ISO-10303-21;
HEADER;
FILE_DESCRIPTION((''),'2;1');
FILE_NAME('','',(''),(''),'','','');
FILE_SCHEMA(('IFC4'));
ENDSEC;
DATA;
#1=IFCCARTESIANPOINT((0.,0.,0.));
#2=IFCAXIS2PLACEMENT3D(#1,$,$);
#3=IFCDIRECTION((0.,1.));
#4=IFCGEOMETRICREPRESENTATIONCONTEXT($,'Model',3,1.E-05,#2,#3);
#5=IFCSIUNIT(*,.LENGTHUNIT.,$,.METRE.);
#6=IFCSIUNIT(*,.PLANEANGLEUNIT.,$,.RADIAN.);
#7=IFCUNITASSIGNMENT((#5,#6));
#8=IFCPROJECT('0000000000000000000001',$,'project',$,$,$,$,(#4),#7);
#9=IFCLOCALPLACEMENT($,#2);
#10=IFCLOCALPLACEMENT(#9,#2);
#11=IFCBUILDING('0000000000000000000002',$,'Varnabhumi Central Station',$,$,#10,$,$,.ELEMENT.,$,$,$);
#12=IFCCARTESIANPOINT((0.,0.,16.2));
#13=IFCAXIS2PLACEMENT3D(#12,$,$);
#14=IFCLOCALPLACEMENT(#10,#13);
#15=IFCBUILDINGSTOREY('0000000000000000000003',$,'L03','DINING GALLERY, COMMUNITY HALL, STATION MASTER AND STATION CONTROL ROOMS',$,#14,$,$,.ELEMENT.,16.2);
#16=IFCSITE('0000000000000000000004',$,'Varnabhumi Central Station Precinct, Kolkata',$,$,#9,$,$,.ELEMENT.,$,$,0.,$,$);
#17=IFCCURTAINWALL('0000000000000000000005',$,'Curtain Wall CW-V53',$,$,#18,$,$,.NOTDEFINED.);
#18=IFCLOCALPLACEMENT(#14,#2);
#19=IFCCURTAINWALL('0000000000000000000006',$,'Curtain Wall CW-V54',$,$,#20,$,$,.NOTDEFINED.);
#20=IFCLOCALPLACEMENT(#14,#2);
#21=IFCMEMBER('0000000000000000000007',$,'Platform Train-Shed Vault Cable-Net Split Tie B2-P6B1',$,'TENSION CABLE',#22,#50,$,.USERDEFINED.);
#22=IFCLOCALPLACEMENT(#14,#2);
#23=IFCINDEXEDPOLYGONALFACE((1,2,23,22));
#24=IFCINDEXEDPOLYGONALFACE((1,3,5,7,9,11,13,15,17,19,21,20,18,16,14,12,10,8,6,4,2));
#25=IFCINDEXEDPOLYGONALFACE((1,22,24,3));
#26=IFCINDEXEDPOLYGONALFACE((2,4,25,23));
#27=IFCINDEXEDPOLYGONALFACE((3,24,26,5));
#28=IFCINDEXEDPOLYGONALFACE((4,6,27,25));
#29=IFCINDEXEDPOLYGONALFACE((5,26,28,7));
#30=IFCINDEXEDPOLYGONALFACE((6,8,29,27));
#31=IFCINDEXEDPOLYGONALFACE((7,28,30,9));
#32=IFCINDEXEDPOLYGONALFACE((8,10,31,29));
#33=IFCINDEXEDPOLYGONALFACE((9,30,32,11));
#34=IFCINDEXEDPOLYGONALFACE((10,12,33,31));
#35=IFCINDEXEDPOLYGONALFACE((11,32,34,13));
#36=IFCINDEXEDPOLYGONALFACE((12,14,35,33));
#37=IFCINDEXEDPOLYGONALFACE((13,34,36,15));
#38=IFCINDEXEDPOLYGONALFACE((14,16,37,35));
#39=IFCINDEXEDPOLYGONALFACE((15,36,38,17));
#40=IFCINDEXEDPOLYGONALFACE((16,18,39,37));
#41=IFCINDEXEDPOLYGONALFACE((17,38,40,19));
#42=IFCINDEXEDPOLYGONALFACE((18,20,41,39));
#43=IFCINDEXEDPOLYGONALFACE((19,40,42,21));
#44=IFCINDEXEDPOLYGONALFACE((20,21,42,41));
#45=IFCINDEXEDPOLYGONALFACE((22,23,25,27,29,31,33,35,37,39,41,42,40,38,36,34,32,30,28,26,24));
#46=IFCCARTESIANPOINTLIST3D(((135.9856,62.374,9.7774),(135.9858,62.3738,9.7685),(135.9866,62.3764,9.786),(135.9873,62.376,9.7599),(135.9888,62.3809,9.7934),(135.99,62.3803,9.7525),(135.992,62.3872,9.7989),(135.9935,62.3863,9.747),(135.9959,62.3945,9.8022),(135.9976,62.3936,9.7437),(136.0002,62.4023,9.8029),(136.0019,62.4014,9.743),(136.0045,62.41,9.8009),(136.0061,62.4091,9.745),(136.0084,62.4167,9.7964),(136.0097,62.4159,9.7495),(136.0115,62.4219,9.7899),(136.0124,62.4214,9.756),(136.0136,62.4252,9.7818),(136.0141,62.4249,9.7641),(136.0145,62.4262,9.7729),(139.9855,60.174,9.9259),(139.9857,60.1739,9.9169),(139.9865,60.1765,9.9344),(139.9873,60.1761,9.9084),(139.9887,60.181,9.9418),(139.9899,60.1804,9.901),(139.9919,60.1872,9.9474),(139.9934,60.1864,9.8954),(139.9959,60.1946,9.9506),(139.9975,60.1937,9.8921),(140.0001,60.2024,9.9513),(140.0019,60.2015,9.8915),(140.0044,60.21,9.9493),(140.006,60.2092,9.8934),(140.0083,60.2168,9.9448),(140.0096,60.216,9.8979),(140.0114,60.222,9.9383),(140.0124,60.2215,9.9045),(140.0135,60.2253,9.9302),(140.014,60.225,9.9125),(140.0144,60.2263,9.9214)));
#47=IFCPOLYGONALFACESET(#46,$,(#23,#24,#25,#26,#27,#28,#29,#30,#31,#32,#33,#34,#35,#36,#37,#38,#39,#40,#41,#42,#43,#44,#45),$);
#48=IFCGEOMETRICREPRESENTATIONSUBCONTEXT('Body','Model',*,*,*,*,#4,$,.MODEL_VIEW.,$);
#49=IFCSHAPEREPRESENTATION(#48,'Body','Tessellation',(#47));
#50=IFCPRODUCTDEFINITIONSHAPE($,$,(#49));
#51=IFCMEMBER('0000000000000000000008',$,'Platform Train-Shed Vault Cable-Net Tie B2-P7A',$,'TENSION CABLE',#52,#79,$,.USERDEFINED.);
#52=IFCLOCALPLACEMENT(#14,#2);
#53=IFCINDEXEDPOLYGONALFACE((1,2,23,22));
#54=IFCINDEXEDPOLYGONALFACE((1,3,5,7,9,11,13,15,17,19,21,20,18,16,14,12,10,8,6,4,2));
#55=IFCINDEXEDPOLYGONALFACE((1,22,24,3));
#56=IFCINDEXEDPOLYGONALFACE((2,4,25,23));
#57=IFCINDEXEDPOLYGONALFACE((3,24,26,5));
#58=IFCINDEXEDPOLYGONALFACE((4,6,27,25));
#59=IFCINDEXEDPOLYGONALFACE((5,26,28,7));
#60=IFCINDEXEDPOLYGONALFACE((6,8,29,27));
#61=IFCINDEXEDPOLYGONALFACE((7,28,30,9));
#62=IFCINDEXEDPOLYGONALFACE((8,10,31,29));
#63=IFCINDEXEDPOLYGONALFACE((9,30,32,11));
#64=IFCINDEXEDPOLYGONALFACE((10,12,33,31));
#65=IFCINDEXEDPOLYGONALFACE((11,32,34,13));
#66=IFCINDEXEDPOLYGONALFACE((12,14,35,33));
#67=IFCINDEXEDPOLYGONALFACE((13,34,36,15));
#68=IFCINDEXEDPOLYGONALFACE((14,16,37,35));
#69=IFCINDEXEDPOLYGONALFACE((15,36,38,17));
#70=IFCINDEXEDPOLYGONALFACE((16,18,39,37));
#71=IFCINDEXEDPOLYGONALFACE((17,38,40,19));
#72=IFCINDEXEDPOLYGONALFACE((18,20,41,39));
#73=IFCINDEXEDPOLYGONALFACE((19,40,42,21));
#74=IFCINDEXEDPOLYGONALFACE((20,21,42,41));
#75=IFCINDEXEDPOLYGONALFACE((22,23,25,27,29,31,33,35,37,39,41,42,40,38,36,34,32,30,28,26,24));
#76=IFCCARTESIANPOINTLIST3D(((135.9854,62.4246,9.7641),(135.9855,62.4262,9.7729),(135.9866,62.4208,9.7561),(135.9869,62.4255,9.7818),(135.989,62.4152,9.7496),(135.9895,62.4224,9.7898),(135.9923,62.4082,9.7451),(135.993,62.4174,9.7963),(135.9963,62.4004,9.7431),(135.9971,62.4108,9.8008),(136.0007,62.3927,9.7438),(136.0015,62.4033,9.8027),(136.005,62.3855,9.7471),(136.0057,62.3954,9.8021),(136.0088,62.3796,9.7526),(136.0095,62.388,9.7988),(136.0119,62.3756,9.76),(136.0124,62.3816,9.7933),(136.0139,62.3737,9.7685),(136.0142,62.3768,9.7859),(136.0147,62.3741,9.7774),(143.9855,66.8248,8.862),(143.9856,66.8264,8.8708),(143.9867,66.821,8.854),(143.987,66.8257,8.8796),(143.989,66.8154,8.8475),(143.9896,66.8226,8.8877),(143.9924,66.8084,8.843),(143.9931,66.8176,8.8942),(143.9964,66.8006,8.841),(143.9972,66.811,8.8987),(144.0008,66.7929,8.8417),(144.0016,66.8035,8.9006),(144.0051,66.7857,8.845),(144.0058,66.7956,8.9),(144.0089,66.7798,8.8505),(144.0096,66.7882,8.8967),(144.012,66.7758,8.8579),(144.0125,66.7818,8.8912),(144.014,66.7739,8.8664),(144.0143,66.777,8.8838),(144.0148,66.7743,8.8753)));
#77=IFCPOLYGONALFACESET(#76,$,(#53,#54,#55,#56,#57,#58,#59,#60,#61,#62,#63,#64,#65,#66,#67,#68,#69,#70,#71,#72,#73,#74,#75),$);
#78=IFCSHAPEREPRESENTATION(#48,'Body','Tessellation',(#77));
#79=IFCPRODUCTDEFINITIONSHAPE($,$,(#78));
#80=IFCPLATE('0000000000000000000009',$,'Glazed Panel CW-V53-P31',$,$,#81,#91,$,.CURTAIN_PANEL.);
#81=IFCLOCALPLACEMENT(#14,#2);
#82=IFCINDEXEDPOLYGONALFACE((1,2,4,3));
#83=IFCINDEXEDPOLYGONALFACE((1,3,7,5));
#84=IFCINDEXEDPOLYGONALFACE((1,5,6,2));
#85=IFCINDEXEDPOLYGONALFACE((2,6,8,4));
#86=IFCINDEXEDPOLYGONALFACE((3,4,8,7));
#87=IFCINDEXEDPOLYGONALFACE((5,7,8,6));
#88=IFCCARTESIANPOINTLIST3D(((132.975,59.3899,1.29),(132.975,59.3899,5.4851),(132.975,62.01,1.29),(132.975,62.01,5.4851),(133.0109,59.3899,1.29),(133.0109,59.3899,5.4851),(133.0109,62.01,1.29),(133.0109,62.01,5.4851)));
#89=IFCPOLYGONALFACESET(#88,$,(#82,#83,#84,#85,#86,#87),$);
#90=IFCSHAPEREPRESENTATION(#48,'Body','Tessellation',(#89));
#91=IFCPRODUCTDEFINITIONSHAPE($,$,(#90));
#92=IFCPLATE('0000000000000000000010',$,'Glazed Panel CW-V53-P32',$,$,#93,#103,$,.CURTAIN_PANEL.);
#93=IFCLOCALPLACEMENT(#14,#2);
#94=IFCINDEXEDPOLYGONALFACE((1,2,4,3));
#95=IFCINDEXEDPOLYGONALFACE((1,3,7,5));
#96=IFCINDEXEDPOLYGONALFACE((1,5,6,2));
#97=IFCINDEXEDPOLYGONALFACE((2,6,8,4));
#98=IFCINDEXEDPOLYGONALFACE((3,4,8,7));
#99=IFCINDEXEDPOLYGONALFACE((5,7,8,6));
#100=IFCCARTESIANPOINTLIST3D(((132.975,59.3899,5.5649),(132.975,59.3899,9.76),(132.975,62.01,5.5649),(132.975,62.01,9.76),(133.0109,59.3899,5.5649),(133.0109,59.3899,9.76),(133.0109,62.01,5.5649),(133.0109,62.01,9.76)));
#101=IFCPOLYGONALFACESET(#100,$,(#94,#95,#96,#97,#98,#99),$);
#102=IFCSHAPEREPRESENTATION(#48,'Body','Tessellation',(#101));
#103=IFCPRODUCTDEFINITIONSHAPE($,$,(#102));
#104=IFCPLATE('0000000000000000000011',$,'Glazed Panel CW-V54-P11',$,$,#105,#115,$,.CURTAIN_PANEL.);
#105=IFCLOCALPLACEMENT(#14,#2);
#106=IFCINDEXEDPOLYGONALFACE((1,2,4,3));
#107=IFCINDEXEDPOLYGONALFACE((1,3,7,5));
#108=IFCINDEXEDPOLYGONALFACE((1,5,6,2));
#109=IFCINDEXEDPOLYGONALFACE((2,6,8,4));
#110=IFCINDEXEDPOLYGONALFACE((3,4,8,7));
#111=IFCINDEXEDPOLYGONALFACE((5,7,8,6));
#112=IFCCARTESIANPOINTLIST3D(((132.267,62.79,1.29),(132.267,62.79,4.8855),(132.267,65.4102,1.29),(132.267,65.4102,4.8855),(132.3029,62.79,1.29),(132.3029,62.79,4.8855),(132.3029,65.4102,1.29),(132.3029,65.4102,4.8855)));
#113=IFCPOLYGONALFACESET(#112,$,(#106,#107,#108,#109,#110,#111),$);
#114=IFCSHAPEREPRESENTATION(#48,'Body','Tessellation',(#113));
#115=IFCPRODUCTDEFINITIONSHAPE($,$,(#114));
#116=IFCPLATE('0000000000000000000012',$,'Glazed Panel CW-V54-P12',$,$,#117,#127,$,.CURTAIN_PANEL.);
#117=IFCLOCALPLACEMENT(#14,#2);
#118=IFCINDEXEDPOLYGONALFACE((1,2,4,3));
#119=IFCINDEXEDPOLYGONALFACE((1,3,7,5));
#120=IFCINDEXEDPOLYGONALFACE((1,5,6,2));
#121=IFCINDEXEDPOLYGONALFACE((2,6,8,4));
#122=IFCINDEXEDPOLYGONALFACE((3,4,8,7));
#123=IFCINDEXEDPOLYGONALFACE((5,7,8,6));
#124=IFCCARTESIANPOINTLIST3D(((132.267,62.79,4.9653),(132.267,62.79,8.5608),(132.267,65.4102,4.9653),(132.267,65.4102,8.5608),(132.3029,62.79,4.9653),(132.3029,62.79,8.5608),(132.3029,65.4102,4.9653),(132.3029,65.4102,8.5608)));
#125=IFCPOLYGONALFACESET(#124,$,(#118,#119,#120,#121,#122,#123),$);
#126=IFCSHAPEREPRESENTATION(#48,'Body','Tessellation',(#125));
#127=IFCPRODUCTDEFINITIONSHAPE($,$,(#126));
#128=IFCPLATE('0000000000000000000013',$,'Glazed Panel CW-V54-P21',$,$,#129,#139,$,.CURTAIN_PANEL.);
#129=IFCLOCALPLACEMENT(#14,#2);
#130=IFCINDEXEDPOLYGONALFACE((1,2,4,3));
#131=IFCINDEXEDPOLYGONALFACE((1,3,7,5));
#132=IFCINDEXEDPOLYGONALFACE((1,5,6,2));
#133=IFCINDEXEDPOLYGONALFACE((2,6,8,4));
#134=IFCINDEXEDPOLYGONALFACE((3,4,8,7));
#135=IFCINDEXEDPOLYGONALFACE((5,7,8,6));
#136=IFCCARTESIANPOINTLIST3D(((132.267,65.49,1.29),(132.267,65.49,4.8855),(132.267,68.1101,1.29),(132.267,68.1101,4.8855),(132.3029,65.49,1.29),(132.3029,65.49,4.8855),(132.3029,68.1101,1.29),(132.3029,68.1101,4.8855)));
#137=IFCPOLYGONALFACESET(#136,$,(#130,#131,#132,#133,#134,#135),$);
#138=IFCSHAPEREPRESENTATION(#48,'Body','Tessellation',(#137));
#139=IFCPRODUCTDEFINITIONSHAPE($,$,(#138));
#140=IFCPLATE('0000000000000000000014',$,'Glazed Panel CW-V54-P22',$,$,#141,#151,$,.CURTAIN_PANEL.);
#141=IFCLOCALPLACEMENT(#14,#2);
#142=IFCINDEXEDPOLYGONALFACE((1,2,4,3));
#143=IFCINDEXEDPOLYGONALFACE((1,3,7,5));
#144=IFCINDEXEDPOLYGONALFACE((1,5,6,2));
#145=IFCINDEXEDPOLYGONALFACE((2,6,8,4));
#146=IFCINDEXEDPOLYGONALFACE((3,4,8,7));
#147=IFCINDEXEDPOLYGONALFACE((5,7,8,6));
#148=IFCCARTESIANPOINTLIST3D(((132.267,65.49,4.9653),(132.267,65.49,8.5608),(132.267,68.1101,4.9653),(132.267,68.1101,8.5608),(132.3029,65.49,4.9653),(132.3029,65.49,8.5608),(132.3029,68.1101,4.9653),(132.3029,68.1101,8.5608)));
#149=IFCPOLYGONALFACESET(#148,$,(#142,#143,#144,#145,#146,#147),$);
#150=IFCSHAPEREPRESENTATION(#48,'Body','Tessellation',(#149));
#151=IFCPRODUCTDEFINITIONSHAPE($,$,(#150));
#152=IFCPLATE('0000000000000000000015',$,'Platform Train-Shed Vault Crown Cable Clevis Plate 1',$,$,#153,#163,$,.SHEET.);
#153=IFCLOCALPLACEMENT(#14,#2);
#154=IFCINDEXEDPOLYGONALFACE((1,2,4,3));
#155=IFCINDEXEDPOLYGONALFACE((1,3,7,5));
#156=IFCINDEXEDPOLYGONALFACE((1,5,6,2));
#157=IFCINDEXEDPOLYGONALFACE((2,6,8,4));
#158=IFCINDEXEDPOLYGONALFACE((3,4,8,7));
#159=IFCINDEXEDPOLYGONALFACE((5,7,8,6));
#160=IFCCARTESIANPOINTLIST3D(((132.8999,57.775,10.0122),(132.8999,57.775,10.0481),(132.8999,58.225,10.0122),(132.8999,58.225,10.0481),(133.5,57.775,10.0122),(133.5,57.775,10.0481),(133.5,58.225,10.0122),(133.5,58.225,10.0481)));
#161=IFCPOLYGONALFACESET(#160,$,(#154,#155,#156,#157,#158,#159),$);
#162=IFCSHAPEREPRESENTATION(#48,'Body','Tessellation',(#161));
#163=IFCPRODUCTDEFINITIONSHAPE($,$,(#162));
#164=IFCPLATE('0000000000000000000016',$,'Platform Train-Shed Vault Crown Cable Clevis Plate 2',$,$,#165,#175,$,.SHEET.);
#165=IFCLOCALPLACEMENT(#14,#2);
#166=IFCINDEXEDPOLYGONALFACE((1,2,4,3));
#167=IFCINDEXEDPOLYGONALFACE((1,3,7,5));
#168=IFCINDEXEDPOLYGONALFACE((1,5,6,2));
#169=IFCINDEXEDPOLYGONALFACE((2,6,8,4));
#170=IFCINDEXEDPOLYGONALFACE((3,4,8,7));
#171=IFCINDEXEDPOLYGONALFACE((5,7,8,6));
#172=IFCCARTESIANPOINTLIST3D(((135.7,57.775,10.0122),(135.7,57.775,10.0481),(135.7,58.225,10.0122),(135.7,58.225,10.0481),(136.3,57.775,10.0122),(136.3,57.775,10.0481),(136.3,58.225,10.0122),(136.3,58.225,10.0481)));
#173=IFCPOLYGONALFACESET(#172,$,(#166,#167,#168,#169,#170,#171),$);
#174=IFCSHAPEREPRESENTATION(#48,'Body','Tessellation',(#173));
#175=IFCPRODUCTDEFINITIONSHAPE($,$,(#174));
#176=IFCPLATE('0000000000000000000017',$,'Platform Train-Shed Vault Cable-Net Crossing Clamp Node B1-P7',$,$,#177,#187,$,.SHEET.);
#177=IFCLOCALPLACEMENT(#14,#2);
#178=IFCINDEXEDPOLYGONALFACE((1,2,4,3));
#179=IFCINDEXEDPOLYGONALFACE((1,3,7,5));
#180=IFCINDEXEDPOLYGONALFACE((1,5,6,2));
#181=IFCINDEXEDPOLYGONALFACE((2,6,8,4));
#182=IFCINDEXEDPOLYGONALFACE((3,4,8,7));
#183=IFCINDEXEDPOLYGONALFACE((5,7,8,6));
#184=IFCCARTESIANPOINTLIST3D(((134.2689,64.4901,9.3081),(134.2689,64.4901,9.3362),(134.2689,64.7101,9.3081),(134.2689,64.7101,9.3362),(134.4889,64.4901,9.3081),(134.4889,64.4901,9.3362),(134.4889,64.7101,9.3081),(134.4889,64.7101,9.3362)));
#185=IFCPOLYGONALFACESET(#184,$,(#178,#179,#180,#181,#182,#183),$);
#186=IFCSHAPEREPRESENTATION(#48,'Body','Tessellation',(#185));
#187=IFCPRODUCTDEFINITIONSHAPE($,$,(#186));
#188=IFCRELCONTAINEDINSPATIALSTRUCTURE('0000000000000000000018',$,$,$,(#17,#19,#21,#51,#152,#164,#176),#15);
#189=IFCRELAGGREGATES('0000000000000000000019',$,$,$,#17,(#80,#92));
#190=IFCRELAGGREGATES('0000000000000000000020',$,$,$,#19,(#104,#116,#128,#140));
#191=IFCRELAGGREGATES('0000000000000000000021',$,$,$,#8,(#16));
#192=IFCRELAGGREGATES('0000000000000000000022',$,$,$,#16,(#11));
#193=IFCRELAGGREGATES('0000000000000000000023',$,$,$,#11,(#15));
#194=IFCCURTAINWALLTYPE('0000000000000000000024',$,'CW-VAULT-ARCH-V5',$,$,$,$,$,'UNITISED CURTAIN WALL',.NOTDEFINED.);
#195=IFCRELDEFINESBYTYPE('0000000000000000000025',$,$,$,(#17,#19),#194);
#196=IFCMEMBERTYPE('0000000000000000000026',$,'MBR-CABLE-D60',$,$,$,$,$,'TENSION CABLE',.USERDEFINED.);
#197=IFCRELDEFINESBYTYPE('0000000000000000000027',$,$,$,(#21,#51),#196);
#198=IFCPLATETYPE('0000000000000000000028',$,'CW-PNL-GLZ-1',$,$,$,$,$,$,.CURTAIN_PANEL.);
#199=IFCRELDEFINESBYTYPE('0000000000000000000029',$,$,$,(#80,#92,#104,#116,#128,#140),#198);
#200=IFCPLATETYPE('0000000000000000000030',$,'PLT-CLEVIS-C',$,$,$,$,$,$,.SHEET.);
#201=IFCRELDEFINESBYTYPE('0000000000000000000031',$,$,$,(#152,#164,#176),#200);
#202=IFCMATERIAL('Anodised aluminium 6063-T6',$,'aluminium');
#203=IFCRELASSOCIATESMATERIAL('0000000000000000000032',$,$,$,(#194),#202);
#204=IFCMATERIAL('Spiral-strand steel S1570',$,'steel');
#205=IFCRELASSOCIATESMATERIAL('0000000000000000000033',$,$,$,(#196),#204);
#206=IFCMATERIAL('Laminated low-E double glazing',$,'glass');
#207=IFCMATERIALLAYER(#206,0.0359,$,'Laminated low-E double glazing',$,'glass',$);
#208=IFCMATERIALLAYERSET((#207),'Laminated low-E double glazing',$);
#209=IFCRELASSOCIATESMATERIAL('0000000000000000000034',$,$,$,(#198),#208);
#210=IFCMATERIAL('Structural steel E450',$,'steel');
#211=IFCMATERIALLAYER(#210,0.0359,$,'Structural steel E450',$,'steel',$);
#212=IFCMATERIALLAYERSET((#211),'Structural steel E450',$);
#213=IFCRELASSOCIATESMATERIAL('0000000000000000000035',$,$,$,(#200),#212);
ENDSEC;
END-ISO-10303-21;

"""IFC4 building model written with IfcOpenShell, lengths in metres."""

from ifc_helpers import new_model, si_unit, direction, frame, origin, origin_2d, place, context, subcontext, project, spatial, rectangle, circle, extrude, material, layer, layer_set, material_profile, profile_set, type_object, element, aggregate, save


model = new_model("IFC4")

# Units and contexts
model_context = context("Model", 3, precision=1e-05, world=origin(), true_north=direction((0.0, 1.0)))
body_context = subcontext(model_context, "Body", "Model", "MODEL_VIEW")
ifc_project = project(units=[si_unit("LENGTHUNIT", "METRE"), si_unit("PLANEANGLEUNIT", "RADIAN")], contexts=[model_context])

# Site, building, storey
site_placement = place(None, origin())
site = spatial("IfcSite", under=ifc_project, at=site_placement, Name="Varnabhumi Central Station Precinct, Kolkata", CompositionType="ELEMENT", RefElevation=0.0)
building_placement = place(site_placement, origin())
building = spatial("IfcBuilding", under=site, at=building_placement, Name="Varnabhumi Central Station", CompositionType="ELEMENT")
storey_placement = place(building_placement, frame((0.0, 0.0, 16.2)))
storey = spatial("IfcBuildingStorey", under=building, at=storey_placement, Name="L03", Description="DINING GALLERY, COMMUNITY HALL, STATION MASTER AND STATION CONTROL ROOMS", CompositionType="ELEMENT", Elevation=16.2)

# Shared definitions
ifc_material_1 = material(Name="Structural steel E450", Category="steel")

# Curtain walls
ifc_material_2 = material(Name="Anodised aluminium 6063-T6", Category="aluminium")
curtain_wall_type = type_object("IfcCurtainWallType", Name="CW-VAULT-ARCH-V5", ElementType="UNITISED CURTAIN WALL", PredefinedType="NOTDEFINED", material=ifc_material_2)
curtain_wall_1_placement = place(storey_placement, origin())
curtain_wall_1 = element("IfcCurtainWall", 1, at=curtain_wall_1_placement, inside=storey, type_object=curtain_wall_type, Name="Curtain Wall CW-V53", PredefinedType="NOTDEFINED")
curtain_wall_2_placement = place(storey_placement, origin())
curtain_wall_2 = element("IfcCurtainWall", 2, at=curtain_wall_2_placement, inside=storey, type_object=curtain_wall_type, Name="Curtain Wall CW-V54", PredefinedType="NOTDEFINED")

# Members
ifc_material_3 = material(Name="Spiral-strand steel S1570", Category="steel")
ifc_material_profile_1 = material_profile(ifc_material_3, circle(Radius=0.03, at=origin_2d()), Name="Spiral-strand steel S1570", Category="steel")
ifc_profile_set_1 = profile_set([ifc_material_profile_1], Name="Spiral-strand steel S1570")
member_type_1 = type_object("IfcMemberType", Name="MBR-CABLE-D60", ElementType="TENSION CABLE", PredefinedType="USERDEFINED", material=ifc_profile_set_1)
member_1_placement = place(storey_placement, frame((136.0, 62.3999, 9.7729), z_axis=(0.875758, -0.481656, 0.032499), x_axis=(0.481911, 0.87622, 0.0)))
element("IfcMember", 3, at=member_1_placement, inside=storey, type_object=member_type_1, Name="Platform Train-Shed Vault Cable-Net Split Tie B2-P6B1", ObjectType="TENSION CABLE", PredefinedType="USERDEFINED", context=body_context, shape_type="SweptSolid", body=[
    extrude(circle(Radius=0.03, at=origin_2d()), origin(), (0.0, 0.0, 1.0), 4.5674),
])
member_2_placement = place(storey_placement, frame((136.0, 62.3999, 9.7729), z_axis=(0.871963, 0.479596, -0.098325), x_axis=(-0.481931, 0.876209, 0.0)))
element("IfcMember", 4, at=member_2_placement, inside=storey, type_object=member_type_1, Name="Platform Train-Shed Vault Cable-Net Tie B2-P7A", ObjectType="TENSION CABLE", PredefinedType="USERDEFINED", context=body_context, shape_type="SweptSolid", body=[
    extrude(circle(Radius=0.03, at=origin_2d()), origin(), (0.0, 0.0, 1.0), 9.1748),
])

# Plates
ifc_material_4 = material(Name="Laminated low-E double glazing", Category="glass")
ifc_layer_1 = layer(ifc_material_4, 0.0359, Name="Laminated low-E double glazing", Category="glass")
ifc_layer_set_1 = layer_set([ifc_layer_1], Name="Laminated low-E double glazing")
plate_type_1 = type_object("IfcPlateType", Name="CW-PNL-GLZ-1", PredefinedType="CURTAIN_PANEL", material=ifc_layer_set_1)
plate_1_placement = place(storey_placement, frame((132.9929, 60.7, 1.29), z_axis=(0.0, 0.0, 1.0), x_axis=(0.0, 1.0, 0.0)))
plate_1 = element("IfcPlate", 5, at=plate_1_placement, type_object=plate_type_1, Name="Glazed Panel CW-V53-P31", PredefinedType="CURTAIN_PANEL", context=body_context, shape_type="SweptSolid", body=[
    extrude(rectangle(XDim=2.6201, YDim=0.0359, at=origin_2d()), origin(), (0.0, 0.0, 1.0), 4.1951),
])
plate_2_placement = place(storey_placement, frame((132.9929, 60.7, 5.5649), z_axis=(0.0, 0.0, 1.0), x_axis=(0.0, 1.0, 0.0)))
plate_2 = element("IfcPlate", 6, at=plate_2_placement, type_object=plate_type_1, Name="Glazed Panel CW-V53-P32", PredefinedType="CURTAIN_PANEL", context=body_context, shape_type="SweptSolid", body=[
    extrude(rectangle(XDim=2.6201, YDim=0.0359, at=origin_2d()), origin(), (0.0, 0.0, 1.0), 4.1951),
])
aggregate(curtain_wall_1, [plate_1, plate_2])
plate_3_placement = place(storey_placement, frame((132.2849, 64.1001, 1.29), z_axis=(0.0, 0.0, 1.0), x_axis=(0.0, 1.0, 0.0)))
plate_3 = element("IfcPlate", 7, at=plate_3_placement, type_object=plate_type_1, Name="Glazed Panel CW-V54-P11", PredefinedType="CURTAIN_PANEL", context=body_context, shape_type="SweptSolid", body=[
    extrude(rectangle(XDim=2.6201, YDim=0.0359, at=origin_2d()), origin(), (0.0, 0.0, 1.0), 3.5955),
])
plate_4_placement = place(storey_placement, frame((132.2849, 64.1001, 4.9653), z_axis=(0.0, 0.0, 1.0), x_axis=(0.0, 1.0, 0.0)))
plate_4 = element("IfcPlate", 8, at=plate_4_placement, type_object=plate_type_1, Name="Glazed Panel CW-V54-P12", PredefinedType="CURTAIN_PANEL", context=body_context, shape_type="SweptSolid", body=[
    extrude(rectangle(XDim=2.6201, YDim=0.0359, at=origin_2d()), origin(), (0.0, 0.0, 1.0), 3.5955),
])
plate_5_placement = place(storey_placement, frame((132.2849, 66.8, 1.29), z_axis=(0.0, 0.0, 1.0), x_axis=(0.0, 1.0, 0.0)))
plate_5 = element("IfcPlate", 9, at=plate_5_placement, type_object=plate_type_1, Name="Glazed Panel CW-V54-P21", PredefinedType="CURTAIN_PANEL", context=body_context, shape_type="SweptSolid", body=[
    extrude(rectangle(XDim=2.6201, YDim=0.0359, at=origin_2d()), origin(), (0.0, 0.0, 1.0), 3.5955),
])
plate_6_placement = place(storey_placement, frame((132.2849, 66.8, 4.9653), z_axis=(0.0, 0.0, 1.0), x_axis=(0.0, 1.0, 0.0)))
plate_6 = element("IfcPlate", 10, at=plate_6_placement, type_object=plate_type_1, Name="Glazed Panel CW-V54-P22", PredefinedType="CURTAIN_PANEL", context=body_context, shape_type="SweptSolid", body=[
    extrude(rectangle(XDim=2.6201, YDim=0.0359, at=origin_2d()), origin(), (0.0, 0.0, 1.0), 3.5955),
])
aggregate(curtain_wall_2, [plate_3, plate_4, plate_5, plate_6])

# Plates
ifc_layer_2 = layer(ifc_material_1, 0.0359, Name="Structural steel E450", Category="steel")
ifc_layer_set_2 = layer_set([ifc_layer_2], Name="Structural steel E450")
plate_type_2 = type_object("IfcPlateType", Name="PLT-CLEVIS-C", PredefinedType="SHEET", material=ifc_layer_set_2)
for number, where, z_axis, x_axis, name in (
    (11, (133.2, 58.0, 10.0122), (0.0, 0.0, 1.0), (1.0, 0.0, 0.0), "Platform Train-Shed Vault Crown Cable Clevis Plate 1"),
    (12, (136.0, 58.0, 10.0122), (0.0, 0.0, 1.0), (1.0, 0.0, 0.0), "Platform Train-Shed Vault Crown Cable Clevis Plate 2"),
):
    element("IfcPlate", number, at=place(storey_placement, frame(where, z_axis=z_axis, x_axis=x_axis)), inside=storey, type_object=plate_type_2, Name=name, PredefinedType="SHEET", context=body_context, shape_type="SweptSolid", body=[
        extrude(rectangle(XDim=0.6001, YDim=0.45, at=origin_2d()), origin(), (0.0, 0.0, 1.0), 0.0359),
    ])
plate_7_placement = place(storey_placement, frame((134.3789, 64.6001, 9.3081), z_axis=(0.0, 0.0, 1.0), x_axis=(1.0, 0.0, 0.0)))
element("IfcPlate", 13, at=plate_7_placement, inside=storey, type_object=plate_type_2, Name="Platform Train-Shed Vault Cable-Net Crossing Clamp Node B1-P7", PredefinedType="SHEET", context=body_context, shape_type="SweptSolid", body=[
    extrude(rectangle(XDim=0.22, YDim=0.22, at=origin_2d()), origin(), (0.0, 0.0, 1.0), 0.0281),
])

save(model, "model.ifc")
